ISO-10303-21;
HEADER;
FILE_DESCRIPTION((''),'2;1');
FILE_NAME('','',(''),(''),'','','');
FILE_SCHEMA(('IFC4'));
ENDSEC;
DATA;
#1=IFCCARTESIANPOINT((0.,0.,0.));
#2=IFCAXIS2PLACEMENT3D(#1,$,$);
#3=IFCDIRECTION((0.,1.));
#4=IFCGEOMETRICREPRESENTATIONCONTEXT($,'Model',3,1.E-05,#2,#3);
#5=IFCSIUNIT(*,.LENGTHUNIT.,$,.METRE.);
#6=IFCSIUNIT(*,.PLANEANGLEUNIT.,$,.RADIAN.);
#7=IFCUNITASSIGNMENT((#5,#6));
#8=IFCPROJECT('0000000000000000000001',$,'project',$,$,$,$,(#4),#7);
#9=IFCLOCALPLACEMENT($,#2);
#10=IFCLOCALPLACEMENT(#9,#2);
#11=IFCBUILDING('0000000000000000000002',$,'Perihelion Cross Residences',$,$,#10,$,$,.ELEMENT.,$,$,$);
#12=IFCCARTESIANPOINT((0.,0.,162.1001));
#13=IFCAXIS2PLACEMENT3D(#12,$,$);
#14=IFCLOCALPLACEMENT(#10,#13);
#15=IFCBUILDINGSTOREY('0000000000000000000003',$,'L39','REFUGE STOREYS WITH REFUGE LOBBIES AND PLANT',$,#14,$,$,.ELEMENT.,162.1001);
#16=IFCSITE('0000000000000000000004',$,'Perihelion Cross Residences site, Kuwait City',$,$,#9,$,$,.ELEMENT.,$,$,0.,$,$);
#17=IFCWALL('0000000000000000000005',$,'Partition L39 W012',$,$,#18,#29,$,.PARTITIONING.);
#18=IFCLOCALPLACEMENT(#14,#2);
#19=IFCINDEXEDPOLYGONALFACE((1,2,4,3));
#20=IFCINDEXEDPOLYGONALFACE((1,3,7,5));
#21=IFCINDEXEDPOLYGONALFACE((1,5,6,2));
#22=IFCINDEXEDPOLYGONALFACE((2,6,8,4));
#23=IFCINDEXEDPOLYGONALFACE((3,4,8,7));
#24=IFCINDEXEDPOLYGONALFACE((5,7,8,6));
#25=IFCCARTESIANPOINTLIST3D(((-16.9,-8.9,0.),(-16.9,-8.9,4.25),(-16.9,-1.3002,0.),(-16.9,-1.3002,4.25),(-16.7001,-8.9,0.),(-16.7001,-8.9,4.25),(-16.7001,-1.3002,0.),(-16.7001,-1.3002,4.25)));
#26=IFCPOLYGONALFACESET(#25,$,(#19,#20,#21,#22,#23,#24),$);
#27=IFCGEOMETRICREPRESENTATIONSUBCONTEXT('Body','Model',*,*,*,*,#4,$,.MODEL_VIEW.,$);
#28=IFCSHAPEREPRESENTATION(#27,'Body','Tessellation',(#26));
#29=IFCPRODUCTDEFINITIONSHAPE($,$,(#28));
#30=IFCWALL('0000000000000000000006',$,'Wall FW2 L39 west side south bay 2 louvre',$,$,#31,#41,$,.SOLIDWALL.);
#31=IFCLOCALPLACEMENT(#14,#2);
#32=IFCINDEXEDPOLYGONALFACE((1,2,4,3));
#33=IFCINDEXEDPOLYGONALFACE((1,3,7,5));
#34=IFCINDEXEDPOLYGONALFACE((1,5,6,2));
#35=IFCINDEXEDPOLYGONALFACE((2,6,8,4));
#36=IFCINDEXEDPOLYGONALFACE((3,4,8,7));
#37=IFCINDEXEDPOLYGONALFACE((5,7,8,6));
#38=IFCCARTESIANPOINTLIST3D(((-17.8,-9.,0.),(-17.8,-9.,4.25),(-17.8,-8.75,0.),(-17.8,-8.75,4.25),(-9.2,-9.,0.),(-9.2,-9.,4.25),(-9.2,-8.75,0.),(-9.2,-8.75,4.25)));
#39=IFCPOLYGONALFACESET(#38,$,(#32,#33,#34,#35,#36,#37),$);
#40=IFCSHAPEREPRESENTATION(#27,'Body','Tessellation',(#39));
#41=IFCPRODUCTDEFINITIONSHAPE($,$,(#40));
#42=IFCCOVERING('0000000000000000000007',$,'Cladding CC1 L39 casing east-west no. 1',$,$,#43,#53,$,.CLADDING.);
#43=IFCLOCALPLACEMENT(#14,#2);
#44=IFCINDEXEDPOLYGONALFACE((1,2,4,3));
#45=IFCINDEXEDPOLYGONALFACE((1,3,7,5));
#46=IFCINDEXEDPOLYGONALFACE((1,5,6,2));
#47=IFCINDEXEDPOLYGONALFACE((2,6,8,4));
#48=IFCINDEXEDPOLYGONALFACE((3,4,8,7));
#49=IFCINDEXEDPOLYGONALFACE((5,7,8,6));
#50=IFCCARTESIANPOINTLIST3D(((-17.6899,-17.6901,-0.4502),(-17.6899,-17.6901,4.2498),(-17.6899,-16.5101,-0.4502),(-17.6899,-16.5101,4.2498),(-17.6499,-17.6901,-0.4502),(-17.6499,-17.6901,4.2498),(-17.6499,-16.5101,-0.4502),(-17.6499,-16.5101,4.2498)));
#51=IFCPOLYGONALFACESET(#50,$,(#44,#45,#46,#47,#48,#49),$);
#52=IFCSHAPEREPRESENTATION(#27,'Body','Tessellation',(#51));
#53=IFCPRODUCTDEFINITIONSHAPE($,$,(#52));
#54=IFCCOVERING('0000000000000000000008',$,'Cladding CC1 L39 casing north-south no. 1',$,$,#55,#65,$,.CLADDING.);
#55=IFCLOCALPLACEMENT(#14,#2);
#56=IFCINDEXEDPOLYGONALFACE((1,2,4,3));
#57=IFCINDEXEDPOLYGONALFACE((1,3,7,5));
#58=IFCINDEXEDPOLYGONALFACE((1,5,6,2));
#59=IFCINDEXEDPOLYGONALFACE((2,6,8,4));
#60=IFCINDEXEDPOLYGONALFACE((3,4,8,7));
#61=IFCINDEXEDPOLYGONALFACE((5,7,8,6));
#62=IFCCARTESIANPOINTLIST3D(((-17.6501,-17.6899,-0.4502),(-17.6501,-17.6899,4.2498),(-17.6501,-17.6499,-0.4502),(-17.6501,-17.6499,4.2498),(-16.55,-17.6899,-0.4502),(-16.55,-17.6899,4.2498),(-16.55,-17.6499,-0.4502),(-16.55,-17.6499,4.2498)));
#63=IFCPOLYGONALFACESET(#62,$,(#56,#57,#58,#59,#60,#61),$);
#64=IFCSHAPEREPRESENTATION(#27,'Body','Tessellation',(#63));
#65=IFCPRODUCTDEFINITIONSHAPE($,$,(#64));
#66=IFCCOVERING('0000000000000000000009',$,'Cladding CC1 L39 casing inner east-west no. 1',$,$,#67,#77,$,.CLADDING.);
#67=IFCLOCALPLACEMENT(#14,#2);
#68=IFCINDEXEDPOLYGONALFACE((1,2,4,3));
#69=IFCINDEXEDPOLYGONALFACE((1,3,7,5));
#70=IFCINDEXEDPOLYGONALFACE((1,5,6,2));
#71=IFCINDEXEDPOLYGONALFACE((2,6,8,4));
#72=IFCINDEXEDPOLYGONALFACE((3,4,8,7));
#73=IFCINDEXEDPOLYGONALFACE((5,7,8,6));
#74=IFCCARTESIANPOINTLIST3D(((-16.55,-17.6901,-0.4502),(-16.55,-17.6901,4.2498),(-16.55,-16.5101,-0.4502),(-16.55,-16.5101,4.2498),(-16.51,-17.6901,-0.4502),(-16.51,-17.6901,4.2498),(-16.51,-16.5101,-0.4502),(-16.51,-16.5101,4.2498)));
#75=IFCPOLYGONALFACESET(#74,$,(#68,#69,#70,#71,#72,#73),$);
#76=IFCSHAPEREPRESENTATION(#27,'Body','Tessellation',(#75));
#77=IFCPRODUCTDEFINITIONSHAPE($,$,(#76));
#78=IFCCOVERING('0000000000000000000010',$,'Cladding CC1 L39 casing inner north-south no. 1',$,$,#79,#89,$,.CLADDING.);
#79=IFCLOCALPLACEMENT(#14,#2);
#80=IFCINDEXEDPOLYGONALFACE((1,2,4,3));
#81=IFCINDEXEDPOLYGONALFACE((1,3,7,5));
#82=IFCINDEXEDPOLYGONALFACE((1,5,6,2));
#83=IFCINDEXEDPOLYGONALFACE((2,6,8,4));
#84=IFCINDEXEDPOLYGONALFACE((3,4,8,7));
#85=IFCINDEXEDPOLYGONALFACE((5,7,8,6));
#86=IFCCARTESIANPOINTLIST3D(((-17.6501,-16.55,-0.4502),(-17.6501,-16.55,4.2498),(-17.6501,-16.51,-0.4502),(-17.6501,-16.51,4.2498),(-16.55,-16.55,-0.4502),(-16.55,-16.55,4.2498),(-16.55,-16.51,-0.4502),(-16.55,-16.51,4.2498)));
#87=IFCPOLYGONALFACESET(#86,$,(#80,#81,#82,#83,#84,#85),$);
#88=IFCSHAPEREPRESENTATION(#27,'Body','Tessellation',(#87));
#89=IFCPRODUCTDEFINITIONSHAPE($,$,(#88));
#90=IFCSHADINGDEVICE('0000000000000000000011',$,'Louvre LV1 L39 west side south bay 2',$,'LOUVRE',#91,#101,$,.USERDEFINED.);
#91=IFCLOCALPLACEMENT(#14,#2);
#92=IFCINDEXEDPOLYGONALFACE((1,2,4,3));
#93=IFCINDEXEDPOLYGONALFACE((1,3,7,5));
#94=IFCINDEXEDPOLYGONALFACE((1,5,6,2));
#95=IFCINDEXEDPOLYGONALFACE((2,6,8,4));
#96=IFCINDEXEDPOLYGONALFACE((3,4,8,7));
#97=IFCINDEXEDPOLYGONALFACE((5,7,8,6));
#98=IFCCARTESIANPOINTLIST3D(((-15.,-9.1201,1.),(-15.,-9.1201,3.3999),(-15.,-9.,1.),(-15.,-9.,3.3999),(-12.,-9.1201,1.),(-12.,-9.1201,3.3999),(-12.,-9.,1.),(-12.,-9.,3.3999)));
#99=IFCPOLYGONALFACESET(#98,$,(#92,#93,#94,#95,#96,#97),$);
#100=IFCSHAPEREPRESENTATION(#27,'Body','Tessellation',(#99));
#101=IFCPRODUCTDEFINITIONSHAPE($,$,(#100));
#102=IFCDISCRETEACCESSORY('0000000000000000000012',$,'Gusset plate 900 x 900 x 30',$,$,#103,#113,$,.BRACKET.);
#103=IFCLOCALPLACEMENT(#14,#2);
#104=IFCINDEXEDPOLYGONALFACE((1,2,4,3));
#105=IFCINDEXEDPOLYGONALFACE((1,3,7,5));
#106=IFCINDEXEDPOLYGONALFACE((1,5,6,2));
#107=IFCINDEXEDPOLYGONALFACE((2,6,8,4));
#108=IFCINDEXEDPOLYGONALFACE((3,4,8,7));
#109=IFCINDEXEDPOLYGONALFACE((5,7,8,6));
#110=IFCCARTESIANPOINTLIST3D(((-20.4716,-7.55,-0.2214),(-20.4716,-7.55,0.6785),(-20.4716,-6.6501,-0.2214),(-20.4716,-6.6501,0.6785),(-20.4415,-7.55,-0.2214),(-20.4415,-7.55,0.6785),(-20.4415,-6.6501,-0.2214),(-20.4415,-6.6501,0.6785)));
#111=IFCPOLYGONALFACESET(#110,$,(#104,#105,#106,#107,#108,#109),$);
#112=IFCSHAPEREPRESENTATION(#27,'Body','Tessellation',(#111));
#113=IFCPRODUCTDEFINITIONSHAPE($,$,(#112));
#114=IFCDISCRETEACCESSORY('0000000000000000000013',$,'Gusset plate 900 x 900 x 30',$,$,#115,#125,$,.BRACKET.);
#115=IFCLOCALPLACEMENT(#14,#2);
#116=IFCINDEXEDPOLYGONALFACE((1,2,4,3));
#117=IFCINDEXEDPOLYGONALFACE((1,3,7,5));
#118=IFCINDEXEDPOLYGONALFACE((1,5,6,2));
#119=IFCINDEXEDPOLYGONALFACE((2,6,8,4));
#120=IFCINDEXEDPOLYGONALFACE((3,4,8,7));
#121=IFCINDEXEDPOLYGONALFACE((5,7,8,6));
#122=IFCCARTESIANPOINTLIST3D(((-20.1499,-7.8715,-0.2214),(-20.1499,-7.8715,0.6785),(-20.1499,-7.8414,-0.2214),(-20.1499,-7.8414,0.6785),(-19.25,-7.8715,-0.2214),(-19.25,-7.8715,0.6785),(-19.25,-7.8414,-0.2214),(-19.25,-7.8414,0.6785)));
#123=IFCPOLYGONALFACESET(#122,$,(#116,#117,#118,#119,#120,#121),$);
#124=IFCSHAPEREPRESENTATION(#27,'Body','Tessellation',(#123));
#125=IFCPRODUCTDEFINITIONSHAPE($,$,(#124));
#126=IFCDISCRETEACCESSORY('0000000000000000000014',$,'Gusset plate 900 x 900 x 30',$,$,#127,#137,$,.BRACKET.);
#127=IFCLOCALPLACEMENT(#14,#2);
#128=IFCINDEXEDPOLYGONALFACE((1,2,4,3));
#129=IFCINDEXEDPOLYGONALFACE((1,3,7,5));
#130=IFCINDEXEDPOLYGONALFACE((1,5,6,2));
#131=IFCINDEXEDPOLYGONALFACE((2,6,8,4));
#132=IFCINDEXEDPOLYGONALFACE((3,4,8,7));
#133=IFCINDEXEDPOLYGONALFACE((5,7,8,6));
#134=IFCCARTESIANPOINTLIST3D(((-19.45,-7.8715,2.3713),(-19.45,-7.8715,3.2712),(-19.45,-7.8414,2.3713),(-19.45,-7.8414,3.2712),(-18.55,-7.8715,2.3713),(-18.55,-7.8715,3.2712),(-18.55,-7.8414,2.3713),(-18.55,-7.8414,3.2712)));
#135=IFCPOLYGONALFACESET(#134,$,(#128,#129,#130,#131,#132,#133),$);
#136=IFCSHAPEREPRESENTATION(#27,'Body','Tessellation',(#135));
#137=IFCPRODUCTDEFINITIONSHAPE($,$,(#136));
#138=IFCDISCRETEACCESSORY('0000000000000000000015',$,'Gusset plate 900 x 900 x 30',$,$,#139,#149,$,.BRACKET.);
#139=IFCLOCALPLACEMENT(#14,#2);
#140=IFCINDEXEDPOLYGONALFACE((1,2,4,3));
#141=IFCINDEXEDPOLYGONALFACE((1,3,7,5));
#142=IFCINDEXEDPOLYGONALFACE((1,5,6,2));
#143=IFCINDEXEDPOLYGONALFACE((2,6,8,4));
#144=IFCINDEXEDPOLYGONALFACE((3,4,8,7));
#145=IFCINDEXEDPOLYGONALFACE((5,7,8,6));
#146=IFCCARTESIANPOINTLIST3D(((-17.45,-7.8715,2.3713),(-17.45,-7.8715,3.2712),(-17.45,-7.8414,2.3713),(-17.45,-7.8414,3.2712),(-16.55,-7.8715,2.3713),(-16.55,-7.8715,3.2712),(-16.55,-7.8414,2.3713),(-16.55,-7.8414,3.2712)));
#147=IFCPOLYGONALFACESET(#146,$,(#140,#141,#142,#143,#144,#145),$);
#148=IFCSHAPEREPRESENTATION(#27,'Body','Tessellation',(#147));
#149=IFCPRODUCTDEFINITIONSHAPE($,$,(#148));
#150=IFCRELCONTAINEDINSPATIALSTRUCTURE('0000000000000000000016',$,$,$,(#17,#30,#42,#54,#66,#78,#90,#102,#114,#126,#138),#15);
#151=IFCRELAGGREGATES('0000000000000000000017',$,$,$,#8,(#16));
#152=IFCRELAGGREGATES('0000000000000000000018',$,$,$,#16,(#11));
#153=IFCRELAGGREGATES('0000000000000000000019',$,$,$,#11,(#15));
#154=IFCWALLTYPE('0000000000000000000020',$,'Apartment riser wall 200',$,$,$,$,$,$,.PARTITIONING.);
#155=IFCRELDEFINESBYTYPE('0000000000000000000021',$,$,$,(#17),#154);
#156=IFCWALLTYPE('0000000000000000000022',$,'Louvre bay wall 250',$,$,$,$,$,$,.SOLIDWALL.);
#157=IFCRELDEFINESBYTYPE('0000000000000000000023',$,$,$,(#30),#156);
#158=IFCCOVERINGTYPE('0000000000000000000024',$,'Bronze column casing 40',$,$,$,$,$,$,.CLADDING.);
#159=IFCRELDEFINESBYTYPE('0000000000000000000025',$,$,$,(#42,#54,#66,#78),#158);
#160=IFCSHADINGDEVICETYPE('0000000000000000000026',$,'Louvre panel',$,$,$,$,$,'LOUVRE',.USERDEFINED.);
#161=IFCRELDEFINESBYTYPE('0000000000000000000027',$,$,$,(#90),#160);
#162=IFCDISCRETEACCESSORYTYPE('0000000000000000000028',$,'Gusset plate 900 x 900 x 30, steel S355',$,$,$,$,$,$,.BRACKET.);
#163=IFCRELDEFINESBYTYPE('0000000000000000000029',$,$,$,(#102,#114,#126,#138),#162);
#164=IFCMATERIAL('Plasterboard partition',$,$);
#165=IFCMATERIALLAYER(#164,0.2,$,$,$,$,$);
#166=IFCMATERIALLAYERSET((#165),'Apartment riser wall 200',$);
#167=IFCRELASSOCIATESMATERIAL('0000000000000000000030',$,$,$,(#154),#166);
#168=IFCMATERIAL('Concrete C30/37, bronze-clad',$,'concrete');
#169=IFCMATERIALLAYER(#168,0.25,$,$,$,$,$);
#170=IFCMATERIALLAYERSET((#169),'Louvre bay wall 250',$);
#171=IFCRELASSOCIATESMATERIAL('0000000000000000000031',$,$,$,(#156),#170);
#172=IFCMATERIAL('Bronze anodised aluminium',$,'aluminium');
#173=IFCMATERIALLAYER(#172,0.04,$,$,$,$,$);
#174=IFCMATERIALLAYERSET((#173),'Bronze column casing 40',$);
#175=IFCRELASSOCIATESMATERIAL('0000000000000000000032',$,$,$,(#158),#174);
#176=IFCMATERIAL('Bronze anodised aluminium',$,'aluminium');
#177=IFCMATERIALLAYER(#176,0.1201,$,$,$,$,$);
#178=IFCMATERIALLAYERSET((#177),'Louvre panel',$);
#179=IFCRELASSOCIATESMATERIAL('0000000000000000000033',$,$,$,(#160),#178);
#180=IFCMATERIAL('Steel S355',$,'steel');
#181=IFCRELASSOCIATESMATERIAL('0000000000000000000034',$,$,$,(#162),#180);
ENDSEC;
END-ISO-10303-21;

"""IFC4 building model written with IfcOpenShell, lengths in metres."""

from ifc_helpers import new_model, si_unit, direction, frame, frame_2d, origin, origin_2d, place, context, subcontext, project, spatial, rectangle, extrude, material, layer, layer_set, type_object, element, save


model = new_model("IFC4")

# Units and contexts
model_context = context("Model", 3, precision=1e-05, world=origin(), true_north=direction((0.0, 1.0)))
body_context = subcontext(model_context, "Body", "Model", "MODEL_VIEW")
ifc_project = project(units=[si_unit("LENGTHUNIT", "METRE"), si_unit("PLANEANGLEUNIT", "RADIAN")], contexts=[model_context])

# Site, building, storey
site_placement = place(None, origin())
site = spatial("IfcSite", under=ifc_project, at=site_placement, Name="Perihelion Cross Residences site, Kuwait City", CompositionType="ELEMENT", RefElevation=0.0)
building_placement = place(site_placement, origin())
building = spatial("IfcBuilding", under=site, at=building_placement, Name="Perihelion Cross Residences", CompositionType="ELEMENT")
storey_placement = place(building_placement, frame((0.0, 0.0, 162.1001)))
storey = spatial("IfcBuildingStorey", under=building, at=storey_placement, Name="L39", Description="REFUGE STOREYS WITH REFUGE LOBBIES AND PLANT", CompositionType="ELEMENT", Elevation=162.1001)

# Walls
ifc_material_1 = material(Name="Plasterboard partition")
ifc_layer_1 = layer(ifc_material_1, 0.2)
ifc_layer_set_1 = layer_set([ifc_layer_1], Name="Apartment riser wall 200")
wall_type_1 = type_object("IfcWallType", Name="Apartment riser wall 200", PredefinedType="PARTITIONING", material=ifc_layer_set_1)
wall_1_placement = place(storey_placement, frame((-16.8, -8.8999, 0.0), z_axis=(0.0, 0.0, 1.0), x_axis=(0.0, 1.0, 0.0)))
element("IfcWall", 1, at=wall_1_placement, inside=storey, type_object=wall_type_1, Name="Partition L39 W012", PredefinedType="PARTITIONING", context=body_context, shape_type="SweptSolid", body=[
    extrude(rectangle(XDim=7.5999, YDim=0.2, at=frame_2d((3.7998, 0.0))), origin(), (0.0, 0.0, 1.0), 4.25),
])
ifc_material_2 = material(Name="Concrete C30/37, bronze-clad", Category="concrete")
ifc_layer_2 = layer(ifc_material_2, 0.25)
ifc_layer_set_2 = layer_set([ifc_layer_2], Name="Louvre bay wall 250")
wall_type_2 = type_object("IfcWallType", Name="Louvre bay wall 250", PredefinedType="SOLIDWALL", material=ifc_layer_set_2)
wall_2_placement = place(storey_placement, frame((-17.8, -8.875, 0.0), z_axis=(0.0, 0.0, 1.0), x_axis=(1.0, 0.0, 0.0)))
element("IfcWall", 2, at=wall_2_placement, inside=storey, type_object=wall_type_2, Name="Wall FW2 L39 west side south bay 2 louvre", PredefinedType="SOLIDWALL", context=body_context, shape_type="SweptSolid", body=[
    extrude(rectangle(XDim=8.6001, YDim=0.25, at=frame_2d((4.3, 0.0))), origin(), (0.0, 0.0, 1.0), 4.25),
])

# Coverings
ifc_material_3 = material(Name="Bronze anodised aluminium", Category="aluminium")
ifc_layer_3 = layer(ifc_material_3, 0.04)
ifc_layer_set_3 = layer_set([ifc_layer_3], Name="Bronze column casing 40")
covering_type = type_object("IfcCoveringType", Name="Bronze column casing 40", PredefinedType="CLADDING", material=ifc_layer_set_3)
covering_1_placement = place(storey_placement, frame((-17.6699, -17.1001, -0.4502), z_axis=(0.0, 0.0, 1.0), x_axis=(1.0, 0.0, 0.0)))
element("IfcCovering", 3, at=covering_1_placement, inside=storey, type_object=covering_type, Name="Cladding CC1 L39 casing east-west no. 1", PredefinedType="CLADDING", context=body_context, shape_type="SweptSolid", body=[
    extrude(rectangle(XDim=0.04, YDim=1.1799, at=origin_2d()), origin(), (0.0, 0.0, 1.0), 4.7),
])
covering_2_placement = place(storey_placement, frame((-17.1001, -17.6699, -0.4502), z_axis=(0.0, 0.0, 1.0), x_axis=(1.0, 0.0, 0.0)))
element("IfcCovering", 4, at=covering_2_placement, inside=storey, type_object=covering_type, Name="Cladding CC1 L39 casing north-south no. 1", PredefinedType="CLADDING", context=body_context, shape_type="SweptSolid", body=[
    extrude(rectangle(XDim=1.1001, YDim=0.04, at=origin_2d()), origin(), (0.0, 0.0, 1.0), 4.7),
])
covering_3_placement = place(storey_placement, frame((-16.53, -17.1001, -0.4502), z_axis=(0.0, 0.0, 1.0), x_axis=(1.0, 0.0, 0.0)))
element("IfcCovering", 5, at=covering_3_placement, inside=storey, type_object=covering_type, Name="Cladding CC1 L39 casing inner east-west no. 1", PredefinedType="CLADDING", context=body_context, shape_type="SweptSolid", body=[
    extrude(rectangle(XDim=0.04, YDim=1.1799, at=origin_2d()), origin(), (0.0, 0.0, 1.0), 4.7),
])
covering_4_placement = place(storey_placement, frame((-17.1001, -16.53, -0.4502), z_axis=(0.0, 0.0, 1.0), x_axis=(1.0, 0.0, 0.0)))
element("IfcCovering", 6, at=covering_4_placement, inside=storey, type_object=covering_type, Name="Cladding CC1 L39 casing inner north-south no. 1", PredefinedType="CLADDING", context=body_context, shape_type="SweptSolid", body=[
    extrude(rectangle(XDim=1.1001, YDim=0.04, at=origin_2d()), origin(), (0.0, 0.0, 1.0), 4.7),
])

# Shading device
ifc_material_4 = material(Name="Bronze anodised aluminium", Category="aluminium")
ifc_layer_4 = layer(ifc_material_4, 0.1201)
ifc_layer_set_4 = layer_set([ifc_layer_4], Name="Louvre panel")
shading_device_type = type_object("IfcShadingDeviceType", Name="Louvre panel", ElementType="LOUVRE", PredefinedType="USERDEFINED", material=ifc_layer_set_4)
shading_device_placement = place(storey_placement, frame((-13.5, -9.0601, 1.0), z_axis=(0.0, 0.0, 1.0), x_axis=(1.0, 0.0, 0.0)))
element("IfcShadingDevice", 7, at=shading_device_placement, inside=storey, type_object=shading_device_type, Name="Louvre LV1 L39 west side south bay 2", ObjectType="LOUVRE", PredefinedType="USERDEFINED", context=body_context, shape_type="SweptSolid", body=[
    extrude(rectangle(XDim=3.0, YDim=0.1201, at=origin_2d()), origin(), (0.0, 0.0, 1.0), 2.3999),
])

# Discrete accessories
ifc_material_5 = material(Name="Steel S355", Category="steel")
discrete_accessory_type = type_object("IfcDiscreteAccessoryType", Name="Gusset plate 900 x 900 x 30, steel S355", PredefinedType="BRACKET", material=ifc_material_5)
for number, where, z_axis, x_axis, name in (
    (8, (-20.4565, -7.1001, -0.2214), (0.0, 0.0, 1.0), (0.0, 1.0, 0.0), "Gusset plate 900 x 900 x 30"),
    (9, (-19.7, -7.8564, -0.2214), (0.0, 0.0, 1.0), (1.0, 0.0, 0.0), "Gusset plate 900 x 900 x 30"),
    (10, (-19.0, -7.8564, 2.3713), (0.0, 0.0, 1.0), (-1.0, 0.0, 0.0), "Gusset plate 900 x 900 x 30"),
    (11, (-17.0, -7.8564, 2.3713), (0.0, 0.0, 1.0), (1.0, 0.0, 0.0), "Gusset plate 900 x 900 x 30"),
):
    element("IfcDiscreteAccessory", number, at=place(storey_placement, frame(where, z_axis=z_axis, x_axis=x_axis)), inside=storey, type_object=discrete_accessory_type, Name=name, PredefinedType="BRACKET", context=body_context, shape_type="SweptSolid", body=[
        extrude(rectangle(XDim=0.8999, YDim=0.03, at=origin_2d()), origin(), (0.0, 0.0, 1.0), 0.8999),
    ])

save(model, "model.ifc")
